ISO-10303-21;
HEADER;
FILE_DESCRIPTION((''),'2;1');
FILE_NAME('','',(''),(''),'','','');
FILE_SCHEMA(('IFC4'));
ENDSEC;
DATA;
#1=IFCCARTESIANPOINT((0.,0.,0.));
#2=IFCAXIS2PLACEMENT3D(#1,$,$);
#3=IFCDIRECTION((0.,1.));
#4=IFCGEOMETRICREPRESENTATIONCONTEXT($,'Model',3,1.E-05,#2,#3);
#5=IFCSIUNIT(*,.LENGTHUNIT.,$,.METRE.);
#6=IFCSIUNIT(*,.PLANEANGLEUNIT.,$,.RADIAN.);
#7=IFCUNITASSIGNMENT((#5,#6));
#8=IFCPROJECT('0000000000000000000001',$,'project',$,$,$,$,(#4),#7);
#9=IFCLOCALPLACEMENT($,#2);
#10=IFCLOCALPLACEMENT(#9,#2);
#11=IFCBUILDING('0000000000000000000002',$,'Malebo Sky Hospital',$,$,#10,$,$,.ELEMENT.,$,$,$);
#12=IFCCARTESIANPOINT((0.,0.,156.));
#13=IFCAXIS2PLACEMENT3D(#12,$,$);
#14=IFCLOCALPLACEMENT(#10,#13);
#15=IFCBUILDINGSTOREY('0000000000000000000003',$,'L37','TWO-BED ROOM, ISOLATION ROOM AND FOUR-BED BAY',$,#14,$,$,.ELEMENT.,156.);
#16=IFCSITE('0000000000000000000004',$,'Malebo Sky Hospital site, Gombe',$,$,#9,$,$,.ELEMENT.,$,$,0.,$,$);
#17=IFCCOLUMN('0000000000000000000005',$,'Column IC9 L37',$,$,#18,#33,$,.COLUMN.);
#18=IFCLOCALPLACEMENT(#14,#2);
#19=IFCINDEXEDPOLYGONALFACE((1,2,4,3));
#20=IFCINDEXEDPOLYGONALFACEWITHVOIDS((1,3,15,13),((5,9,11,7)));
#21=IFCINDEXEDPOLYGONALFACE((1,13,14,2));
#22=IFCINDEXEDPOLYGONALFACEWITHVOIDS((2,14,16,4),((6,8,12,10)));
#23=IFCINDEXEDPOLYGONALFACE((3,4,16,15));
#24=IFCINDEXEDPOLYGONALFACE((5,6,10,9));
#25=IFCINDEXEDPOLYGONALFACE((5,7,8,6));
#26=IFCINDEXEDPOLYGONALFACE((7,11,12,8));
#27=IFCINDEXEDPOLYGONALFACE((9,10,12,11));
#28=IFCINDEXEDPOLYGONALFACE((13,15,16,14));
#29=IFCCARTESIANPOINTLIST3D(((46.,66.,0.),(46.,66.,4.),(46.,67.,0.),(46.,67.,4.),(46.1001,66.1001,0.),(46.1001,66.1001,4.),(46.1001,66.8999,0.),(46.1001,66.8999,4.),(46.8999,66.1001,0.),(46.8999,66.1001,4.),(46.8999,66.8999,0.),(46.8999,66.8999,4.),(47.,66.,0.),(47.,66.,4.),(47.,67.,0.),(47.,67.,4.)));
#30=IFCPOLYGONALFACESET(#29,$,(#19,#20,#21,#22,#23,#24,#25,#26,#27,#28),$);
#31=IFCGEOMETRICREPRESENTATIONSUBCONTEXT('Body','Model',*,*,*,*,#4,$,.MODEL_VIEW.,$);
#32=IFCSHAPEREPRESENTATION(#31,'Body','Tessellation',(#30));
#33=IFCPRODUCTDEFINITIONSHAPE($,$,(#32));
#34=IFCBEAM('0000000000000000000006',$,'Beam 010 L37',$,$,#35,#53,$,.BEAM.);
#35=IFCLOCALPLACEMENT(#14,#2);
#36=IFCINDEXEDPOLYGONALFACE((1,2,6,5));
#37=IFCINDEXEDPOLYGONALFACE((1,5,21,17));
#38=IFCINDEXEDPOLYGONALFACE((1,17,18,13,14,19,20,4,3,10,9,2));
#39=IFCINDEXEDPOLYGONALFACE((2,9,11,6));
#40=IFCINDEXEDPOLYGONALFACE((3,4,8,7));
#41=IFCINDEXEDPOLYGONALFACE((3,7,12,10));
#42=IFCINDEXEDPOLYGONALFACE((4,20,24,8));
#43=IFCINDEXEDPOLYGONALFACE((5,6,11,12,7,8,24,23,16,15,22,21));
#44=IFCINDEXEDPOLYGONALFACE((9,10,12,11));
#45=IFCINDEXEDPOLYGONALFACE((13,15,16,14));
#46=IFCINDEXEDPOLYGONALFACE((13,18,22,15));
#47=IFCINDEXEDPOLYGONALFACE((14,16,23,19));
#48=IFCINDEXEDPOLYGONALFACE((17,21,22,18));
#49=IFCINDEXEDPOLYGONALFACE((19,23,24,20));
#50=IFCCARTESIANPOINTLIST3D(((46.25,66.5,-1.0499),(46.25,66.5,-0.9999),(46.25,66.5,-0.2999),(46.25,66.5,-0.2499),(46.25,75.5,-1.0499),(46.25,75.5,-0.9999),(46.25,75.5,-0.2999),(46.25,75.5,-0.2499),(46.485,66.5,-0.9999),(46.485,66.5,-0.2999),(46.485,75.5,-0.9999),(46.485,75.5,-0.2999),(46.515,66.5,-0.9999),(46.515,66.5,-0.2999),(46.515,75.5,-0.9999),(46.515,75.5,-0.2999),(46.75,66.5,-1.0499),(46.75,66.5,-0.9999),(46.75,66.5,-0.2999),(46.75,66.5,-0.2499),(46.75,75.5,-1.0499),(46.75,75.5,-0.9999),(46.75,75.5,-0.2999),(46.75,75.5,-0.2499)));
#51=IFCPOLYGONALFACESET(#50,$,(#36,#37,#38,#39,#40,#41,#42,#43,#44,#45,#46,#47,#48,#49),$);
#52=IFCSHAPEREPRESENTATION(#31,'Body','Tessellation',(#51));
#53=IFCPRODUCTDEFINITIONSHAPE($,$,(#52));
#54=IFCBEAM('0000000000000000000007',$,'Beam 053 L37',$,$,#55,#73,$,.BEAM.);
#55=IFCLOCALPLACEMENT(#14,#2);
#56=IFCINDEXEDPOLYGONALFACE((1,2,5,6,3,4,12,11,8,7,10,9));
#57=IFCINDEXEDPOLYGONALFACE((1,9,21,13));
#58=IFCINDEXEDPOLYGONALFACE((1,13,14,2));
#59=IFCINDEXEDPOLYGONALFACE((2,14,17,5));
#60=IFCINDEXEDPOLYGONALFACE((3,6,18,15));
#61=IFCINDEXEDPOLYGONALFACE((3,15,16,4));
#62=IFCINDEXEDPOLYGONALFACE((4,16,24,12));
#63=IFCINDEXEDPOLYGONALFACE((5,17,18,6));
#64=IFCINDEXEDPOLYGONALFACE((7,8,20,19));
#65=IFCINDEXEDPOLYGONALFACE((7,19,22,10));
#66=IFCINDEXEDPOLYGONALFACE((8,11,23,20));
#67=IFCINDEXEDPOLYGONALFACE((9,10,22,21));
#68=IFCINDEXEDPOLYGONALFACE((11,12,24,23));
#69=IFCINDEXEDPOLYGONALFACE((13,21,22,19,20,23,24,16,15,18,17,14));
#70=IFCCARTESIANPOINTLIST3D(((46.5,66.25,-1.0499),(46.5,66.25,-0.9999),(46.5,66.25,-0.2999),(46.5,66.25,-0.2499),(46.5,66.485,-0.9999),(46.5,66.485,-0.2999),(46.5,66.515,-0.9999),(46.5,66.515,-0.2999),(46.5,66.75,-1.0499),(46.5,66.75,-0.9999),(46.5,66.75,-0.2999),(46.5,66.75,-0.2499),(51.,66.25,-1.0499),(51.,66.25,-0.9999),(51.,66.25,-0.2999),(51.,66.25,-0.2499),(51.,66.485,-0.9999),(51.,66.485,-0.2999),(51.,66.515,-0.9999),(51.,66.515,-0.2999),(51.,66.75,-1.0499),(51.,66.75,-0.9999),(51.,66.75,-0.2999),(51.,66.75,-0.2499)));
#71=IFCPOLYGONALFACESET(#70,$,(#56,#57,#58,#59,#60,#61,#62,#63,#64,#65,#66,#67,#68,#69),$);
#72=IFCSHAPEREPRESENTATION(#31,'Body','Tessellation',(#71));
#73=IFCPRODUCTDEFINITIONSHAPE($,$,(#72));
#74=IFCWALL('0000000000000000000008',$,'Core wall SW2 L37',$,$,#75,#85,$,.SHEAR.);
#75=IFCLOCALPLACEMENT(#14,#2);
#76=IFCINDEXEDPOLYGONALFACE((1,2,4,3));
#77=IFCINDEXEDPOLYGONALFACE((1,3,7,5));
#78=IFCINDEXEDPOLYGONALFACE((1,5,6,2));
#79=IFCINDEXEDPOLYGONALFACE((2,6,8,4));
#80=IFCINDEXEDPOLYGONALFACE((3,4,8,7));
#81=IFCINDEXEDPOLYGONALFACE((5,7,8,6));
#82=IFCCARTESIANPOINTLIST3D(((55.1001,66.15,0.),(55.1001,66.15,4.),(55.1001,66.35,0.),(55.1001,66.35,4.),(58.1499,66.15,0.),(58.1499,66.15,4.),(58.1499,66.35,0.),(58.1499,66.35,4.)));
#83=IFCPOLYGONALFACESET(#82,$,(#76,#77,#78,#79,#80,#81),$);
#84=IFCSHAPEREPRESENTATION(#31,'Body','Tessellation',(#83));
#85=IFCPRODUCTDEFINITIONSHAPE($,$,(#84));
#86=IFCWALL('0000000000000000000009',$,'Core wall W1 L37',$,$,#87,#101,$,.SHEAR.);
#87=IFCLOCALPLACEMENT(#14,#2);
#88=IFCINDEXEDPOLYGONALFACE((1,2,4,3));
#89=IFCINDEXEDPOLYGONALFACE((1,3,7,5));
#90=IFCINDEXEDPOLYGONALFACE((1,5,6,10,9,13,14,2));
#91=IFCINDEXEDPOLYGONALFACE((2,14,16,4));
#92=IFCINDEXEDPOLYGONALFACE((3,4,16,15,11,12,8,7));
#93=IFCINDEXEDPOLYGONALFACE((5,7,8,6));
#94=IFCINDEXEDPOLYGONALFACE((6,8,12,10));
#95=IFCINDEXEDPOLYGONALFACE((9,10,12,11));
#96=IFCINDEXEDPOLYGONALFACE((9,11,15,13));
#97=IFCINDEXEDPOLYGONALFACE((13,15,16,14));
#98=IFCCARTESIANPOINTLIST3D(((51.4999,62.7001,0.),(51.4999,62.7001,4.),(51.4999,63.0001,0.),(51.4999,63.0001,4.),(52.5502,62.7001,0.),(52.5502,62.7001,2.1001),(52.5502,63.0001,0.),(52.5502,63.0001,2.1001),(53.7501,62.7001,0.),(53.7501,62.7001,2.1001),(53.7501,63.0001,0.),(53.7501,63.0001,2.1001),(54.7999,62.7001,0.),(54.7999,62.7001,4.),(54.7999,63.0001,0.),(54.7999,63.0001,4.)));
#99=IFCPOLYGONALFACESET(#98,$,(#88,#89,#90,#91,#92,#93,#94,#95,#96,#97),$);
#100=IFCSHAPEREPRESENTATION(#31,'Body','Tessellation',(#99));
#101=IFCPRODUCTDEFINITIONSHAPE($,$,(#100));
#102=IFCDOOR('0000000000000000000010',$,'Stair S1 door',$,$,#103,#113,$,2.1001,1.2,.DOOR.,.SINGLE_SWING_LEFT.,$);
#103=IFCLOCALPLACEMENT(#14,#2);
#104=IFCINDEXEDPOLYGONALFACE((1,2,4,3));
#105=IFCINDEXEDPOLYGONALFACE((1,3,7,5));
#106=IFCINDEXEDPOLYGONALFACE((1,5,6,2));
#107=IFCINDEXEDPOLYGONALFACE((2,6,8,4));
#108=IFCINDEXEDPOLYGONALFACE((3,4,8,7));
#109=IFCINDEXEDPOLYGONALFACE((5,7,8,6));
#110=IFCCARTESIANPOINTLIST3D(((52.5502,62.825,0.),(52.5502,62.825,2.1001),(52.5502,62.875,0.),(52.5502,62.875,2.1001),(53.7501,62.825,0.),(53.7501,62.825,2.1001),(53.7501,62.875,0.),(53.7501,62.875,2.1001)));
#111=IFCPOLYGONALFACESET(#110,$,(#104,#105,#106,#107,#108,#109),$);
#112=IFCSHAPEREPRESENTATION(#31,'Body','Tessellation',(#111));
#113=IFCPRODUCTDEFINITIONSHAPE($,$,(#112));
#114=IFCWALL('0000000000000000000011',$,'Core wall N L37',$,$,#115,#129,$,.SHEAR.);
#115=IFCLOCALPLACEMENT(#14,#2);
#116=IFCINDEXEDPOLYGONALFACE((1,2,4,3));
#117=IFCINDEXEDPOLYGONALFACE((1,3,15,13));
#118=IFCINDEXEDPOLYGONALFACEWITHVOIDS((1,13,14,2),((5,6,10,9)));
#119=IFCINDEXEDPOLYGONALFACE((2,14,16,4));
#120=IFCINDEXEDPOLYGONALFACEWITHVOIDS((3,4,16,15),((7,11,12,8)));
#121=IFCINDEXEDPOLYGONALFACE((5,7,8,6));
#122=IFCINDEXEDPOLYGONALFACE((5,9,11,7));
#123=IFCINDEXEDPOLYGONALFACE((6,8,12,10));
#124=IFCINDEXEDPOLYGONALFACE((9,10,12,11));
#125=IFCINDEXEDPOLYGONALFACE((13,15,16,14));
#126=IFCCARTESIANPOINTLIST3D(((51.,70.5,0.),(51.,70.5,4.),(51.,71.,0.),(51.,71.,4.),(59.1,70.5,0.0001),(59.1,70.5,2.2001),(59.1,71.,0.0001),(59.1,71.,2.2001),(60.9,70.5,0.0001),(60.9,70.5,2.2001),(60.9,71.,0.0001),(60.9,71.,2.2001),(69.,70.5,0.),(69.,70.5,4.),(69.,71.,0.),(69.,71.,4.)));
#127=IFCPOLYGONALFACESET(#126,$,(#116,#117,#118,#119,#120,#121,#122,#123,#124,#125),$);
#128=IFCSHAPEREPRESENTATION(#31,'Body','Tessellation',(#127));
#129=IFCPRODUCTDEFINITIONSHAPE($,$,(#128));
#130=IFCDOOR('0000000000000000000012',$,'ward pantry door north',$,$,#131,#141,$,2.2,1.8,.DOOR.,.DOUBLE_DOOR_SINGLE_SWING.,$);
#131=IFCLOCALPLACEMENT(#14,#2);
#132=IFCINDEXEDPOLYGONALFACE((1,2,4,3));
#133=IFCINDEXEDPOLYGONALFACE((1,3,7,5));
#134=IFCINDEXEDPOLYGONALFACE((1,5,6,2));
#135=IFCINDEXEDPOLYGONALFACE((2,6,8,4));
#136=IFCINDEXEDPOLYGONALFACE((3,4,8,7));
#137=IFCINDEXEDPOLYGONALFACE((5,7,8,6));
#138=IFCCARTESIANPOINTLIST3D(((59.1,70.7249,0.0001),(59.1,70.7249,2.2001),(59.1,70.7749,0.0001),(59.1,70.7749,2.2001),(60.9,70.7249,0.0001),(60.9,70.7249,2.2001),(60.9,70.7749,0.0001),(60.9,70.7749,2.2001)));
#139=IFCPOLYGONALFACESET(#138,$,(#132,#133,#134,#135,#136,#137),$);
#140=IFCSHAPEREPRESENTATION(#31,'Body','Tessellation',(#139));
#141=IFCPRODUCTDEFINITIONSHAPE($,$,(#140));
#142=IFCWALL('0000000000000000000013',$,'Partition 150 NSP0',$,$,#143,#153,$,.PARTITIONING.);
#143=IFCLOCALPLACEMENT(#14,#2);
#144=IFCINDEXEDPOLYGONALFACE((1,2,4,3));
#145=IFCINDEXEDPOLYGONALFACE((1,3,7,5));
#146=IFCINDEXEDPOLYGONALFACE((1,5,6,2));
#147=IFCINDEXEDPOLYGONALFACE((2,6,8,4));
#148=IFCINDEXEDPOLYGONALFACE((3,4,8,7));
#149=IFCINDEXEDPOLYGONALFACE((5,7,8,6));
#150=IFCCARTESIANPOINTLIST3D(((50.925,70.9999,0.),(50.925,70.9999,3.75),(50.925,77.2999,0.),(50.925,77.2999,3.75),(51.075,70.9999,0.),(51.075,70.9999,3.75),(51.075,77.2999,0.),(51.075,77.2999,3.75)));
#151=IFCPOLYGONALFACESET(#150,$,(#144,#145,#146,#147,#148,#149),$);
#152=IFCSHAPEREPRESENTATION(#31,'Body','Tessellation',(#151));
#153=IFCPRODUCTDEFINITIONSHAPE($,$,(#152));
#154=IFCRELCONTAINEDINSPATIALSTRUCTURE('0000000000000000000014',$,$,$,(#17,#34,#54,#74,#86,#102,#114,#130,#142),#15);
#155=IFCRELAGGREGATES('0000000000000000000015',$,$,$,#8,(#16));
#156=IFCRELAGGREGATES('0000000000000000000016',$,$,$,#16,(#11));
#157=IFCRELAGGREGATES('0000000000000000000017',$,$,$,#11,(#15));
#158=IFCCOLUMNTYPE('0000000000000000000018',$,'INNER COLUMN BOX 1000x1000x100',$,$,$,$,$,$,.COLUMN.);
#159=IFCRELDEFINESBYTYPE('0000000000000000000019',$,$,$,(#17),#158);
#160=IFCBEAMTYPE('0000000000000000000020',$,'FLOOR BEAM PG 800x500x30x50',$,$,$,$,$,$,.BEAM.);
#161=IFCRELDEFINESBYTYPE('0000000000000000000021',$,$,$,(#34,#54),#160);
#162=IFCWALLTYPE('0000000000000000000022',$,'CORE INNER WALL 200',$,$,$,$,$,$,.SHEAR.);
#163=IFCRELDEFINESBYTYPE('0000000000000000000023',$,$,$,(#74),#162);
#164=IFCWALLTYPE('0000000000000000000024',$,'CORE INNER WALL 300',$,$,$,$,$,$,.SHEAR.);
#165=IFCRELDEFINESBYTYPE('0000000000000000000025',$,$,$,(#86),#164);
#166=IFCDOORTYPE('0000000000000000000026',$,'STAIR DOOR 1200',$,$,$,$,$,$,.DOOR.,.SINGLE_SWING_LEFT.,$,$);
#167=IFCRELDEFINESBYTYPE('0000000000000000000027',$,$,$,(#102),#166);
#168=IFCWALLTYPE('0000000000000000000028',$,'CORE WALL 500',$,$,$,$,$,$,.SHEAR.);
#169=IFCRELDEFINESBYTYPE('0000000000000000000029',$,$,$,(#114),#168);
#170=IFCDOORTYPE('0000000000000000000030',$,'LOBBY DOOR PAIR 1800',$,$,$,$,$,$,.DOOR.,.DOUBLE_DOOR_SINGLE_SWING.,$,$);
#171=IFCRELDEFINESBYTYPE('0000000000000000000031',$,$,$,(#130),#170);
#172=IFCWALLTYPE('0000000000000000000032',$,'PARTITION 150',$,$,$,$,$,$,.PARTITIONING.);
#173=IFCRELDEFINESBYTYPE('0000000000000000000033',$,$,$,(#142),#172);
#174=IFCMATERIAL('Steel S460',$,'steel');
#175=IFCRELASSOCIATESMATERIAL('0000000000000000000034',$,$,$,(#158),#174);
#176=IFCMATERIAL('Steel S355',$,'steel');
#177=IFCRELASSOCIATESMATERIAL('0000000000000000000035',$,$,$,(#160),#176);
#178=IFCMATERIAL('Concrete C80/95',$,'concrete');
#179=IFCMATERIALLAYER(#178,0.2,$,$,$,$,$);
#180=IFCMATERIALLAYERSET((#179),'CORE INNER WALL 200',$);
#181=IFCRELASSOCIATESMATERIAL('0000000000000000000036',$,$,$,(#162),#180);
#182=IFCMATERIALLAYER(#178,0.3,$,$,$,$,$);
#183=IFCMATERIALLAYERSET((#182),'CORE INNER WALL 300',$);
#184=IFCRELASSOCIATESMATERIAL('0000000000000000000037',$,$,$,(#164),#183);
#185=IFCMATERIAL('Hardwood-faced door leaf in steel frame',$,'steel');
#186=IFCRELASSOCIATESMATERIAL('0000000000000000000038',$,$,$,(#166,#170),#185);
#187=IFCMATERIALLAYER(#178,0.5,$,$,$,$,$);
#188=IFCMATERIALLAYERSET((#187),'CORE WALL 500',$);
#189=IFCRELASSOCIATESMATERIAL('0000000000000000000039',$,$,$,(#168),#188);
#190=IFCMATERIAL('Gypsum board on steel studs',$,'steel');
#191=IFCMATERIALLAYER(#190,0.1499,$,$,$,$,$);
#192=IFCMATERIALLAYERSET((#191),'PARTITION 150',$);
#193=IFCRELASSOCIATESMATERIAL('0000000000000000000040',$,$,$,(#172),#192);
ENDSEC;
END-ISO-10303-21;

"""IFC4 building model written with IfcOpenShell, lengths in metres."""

from ifc_helpers import new_model, si_unit, direction, frame, frame_2d, origin, origin_2d, place, context, subcontext, project, spatial, rectangle, hollow_rectangle, i_section, extrude, material, layer, layer_set, material_profile, profile_set, type_object, element, fill, save


model = new_model("IFC4")

# Units and contexts
model_context = context("Model", 3, precision=1e-05, world=origin(), true_north=direction((0.0, 1.0)))
body_context = subcontext(model_context, "Body", "Model", "MODEL_VIEW")
ifc_project = project(units=[si_unit("LENGTHUNIT", "METRE"), si_unit("PLANEANGLEUNIT", "RADIAN")], contexts=[model_context])

# Site, building, storey
site_placement = place(None, origin())
site = spatial("IfcSite", under=ifc_project, at=site_placement, Name="Malebo Sky Hospital site, Gombe", CompositionType="ELEMENT", RefElevation=0.0)
building_placement = place(site_placement, origin())
building = spatial("IfcBuilding", under=site, at=building_placement, Name="Malebo Sky Hospital", CompositionType="ELEMENT")
storey_placement = place(building_placement, frame((0.0, 0.0, 156.0)))
storey = spatial("IfcBuildingStorey", under=building, at=storey_placement, Name="L37", Description="TWO-BED ROOM, ISOLATION ROOM AND FOUR-BED BAY", CompositionType="ELEMENT", Elevation=156.0)

# Column
ifc_material_1 = material(Name="Steel S460", Category="steel")
ifc_material_profile_1 = material_profile(ifc_material_1, hollow_rectangle(XDim=1.0, YDim=1.0, WallThickness=0.1001, at=origin_2d()), Name="BOX 1000x1000x100")
ifc_profile_set_1 = profile_set([ifc_material_profile_1], Name="Steel S460")
column_type = type_object("IfcColumnType", Name="INNER COLUMN BOX 1000x1000x100", PredefinedType="COLUMN", material=ifc_profile_set_1)
column_placement = place(storey_placement, frame((46.5, 66.5, 0.0), z_axis=(0.0, 0.0, 1.0), x_axis=(1.0, 0.0, 0.0)))
element("IfcColumn", 1, at=column_placement, inside=storey, type_object=column_type, Name="Column IC9 L37", PredefinedType="COLUMN", context=body_context, shape_type="SweptSolid", body=[
    extrude(hollow_rectangle(XDim=1.0, YDim=1.0, WallThickness=0.1001, at=origin_2d()), origin(), (0.0, 0.0, 1.0), 4.0),
])

# Beams
ifc_material_2 = material(Name="Steel S355", Category="steel")
ifc_material_profile_2 = material_profile(ifc_material_2, i_section(OverallWidth=0.5, OverallDepth=0.8, WebThickness=0.03, FlangeThickness=0.05, at=origin_2d()), Name="PG 800x500x30x50")
ifc_profile_set_2 = profile_set([ifc_material_profile_2], Name="Steel S355")
beam_type = type_object("IfcBeamType", Name="FLOOR BEAM PG 800x500x30x50", PredefinedType="BEAM", material=ifc_profile_set_2)
beam_1_placement = place(storey_placement, frame((46.5, 66.5, -0.6499), z_axis=(0.0, 1.0, 0.0), x_axis=(-1.0, 0.0, 0.0)))
element("IfcBeam", 2, at=beam_1_placement, inside=storey, type_object=beam_type, Name="Beam 010 L37", PredefinedType="BEAM", context=body_context, shape_type="SweptSolid", body=[
    extrude(i_section(OverallWidth=0.5, OverallDepth=0.8, WebThickness=0.03, FlangeThickness=0.05, at=origin_2d()), origin(), (0.0, 0.0, 1.0), 9.0),
])
beam_2_placement = place(storey_placement, frame((46.5, 66.5, -0.6499), z_axis=(1.0, 0.0, 0.0), x_axis=(0.0, 1.0, 0.0)))
element("IfcBeam", 3, at=beam_2_placement, inside=storey, type_object=beam_type, Name="Beam 053 L37", PredefinedType="BEAM", context=body_context, shape_type="SweptSolid", body=[
    extrude(i_section(OverallWidth=0.5, OverallDepth=0.8, WebThickness=0.03, FlangeThickness=0.05, at=origin_2d()), origin(), (0.0, 0.0, 1.0), 4.5),
])

# Wall
ifc_material_3 = material(Name="Concrete C80/95", Category="concrete")
ifc_layer_1 = layer(ifc_material_3, 0.2)
ifc_layer_set_1 = layer_set([ifc_layer_1], Name="CORE INNER WALL 200")
wall_type_1 = type_object("IfcWallType", Name="CORE INNER WALL 200", PredefinedType="SHEAR", material=ifc_layer_set_1)
wall_1_placement = place(storey_placement, frame((55.1001, 66.25, 0.0), z_axis=(0.0, 0.0, 1.0), x_axis=(1.0, 0.0, 0.0)))
element("IfcWall", 4, at=wall_1_placement, inside=storey, type_object=wall_type_1, Name="Core wall SW2 L37", PredefinedType="SHEAR", context=body_context, shape_type="SweptSolid", body=[
    extrude(rectangle(XDim=3.0498, YDim=0.2, at=frame_2d((1.5249, 0.0))), origin(), (0.0, 0.0, 1.0), 4.0),
])

# Walls, openings, doors
ifc_layer_2 = layer(ifc_material_3, 0.3)
ifc_layer_set_2 = layer_set([ifc_layer_2], Name="CORE INNER WALL 300")
wall_type_2 = type_object("IfcWallType", Name="CORE INNER WALL 300", PredefinedType="SHEAR", material=ifc_layer_set_2)
wall_2_placement = place(storey_placement, frame((51.5, 62.8501, 0.0), z_axis=(0.0, 0.0, 1.0), x_axis=(1.0, 0.0, 0.0)))
wall_2 = element("IfcWall", 5, at=wall_2_placement, inside=storey, type_object=wall_type_2, Name="Core wall W1 L37", PredefinedType="SHEAR", context=body_context, shape_type="SweptSolid", body=[
    extrude(rectangle(XDim=3.3, YDim=0.3, at=frame_2d((1.6499, 0.0))), origin(), (0.0, 0.0, 1.0), 4.0),
])
opening_1_placement = place(wall_2_placement, frame((1.05, 0.0, 0.0)))
opening_1 = element("IfcOpeningElement", 6, at=opening_1_placement, cuts=wall_2, PredefinedType="OPENING", context=body_context, shape_type="SweptSolid", body=[
    extrude(rectangle(XDim=1.2, YDim=2.1001, at=frame_2d((0.6001, 1.05))), frame((0.0, 0.1599, 0.0), z_axis=(0.0, -1.0, 0.0), x_axis=(1.0, 0.0, 0.0)), (0.0, 0.0, 1.0), 0.3201),
])
ifc_material_4 = material(Name="Hardwood-faced door leaf in steel frame", Category="steel")
door_type_1 = type_object("IfcDoorType", Name="STAIR DOOR 1200", OperationType="SINGLE_SWING_LEFT", PredefinedType="DOOR", material=ifc_material_4)
door_1_placement = place(opening_1_placement, origin())
door_1 = element("IfcDoor", 7, at=door_1_placement, inside=storey, type_object=door_type_1, Name="Stair S1 door", OperationType="SINGLE_SWING_LEFT", OverallHeight=2.1001, OverallWidth=1.2, PredefinedType="DOOR", context=body_context, shape_type="SweptSolid", body=[
    extrude(rectangle(XDim=1.2, YDim=2.1001, at=frame_2d((0.6001, 1.05))), frame((0.0, 0.0249, 0.0), z_axis=(0.0, -1.0, 0.0), x_axis=(1.0, 0.0, 0.0)), (0.0, 0.0, 1.0), 0.05),
])
fill(opening_1, door_1)
ifc_layer_3 = layer(ifc_material_3, 0.5)
ifc_layer_set_3 = layer_set([ifc_layer_3], Name="CORE WALL 500")
wall_type_3 = type_object("IfcWallType", Name="CORE WALL 500", PredefinedType="SHEAR", material=ifc_layer_set_3)
wall_3_placement = place(storey_placement, frame((51.0, 70.75, 0.0), z_axis=(0.0, 0.0, 1.0), x_axis=(1.0, 0.0, 0.0)))
wall_3 = element("IfcWall", 8, at=wall_3_placement, inside=storey, type_object=wall_type_3, Name="Core wall N L37", PredefinedType="SHEAR", context=body_context, shape_type="SweptSolid", body=[
    extrude(rectangle(XDim=18.0, YDim=0.5, at=frame_2d((9.0, 0.0))), origin(), (0.0, 0.0, 1.0), 4.0),
])
opening_2_placement = place(wall_3_placement, frame((8.1001, 0.0, 0.0)))
opening_2 = element("IfcOpeningElement", 9, at=opening_2_placement, cuts=wall_3, PredefinedType="OPENING", context=body_context, shape_type="SweptSolid", body=[
    extrude(rectangle(XDim=1.8, YDim=2.2, at=frame_2d((0.8999, 1.1001))), frame((0.0, 0.26, 0.0), z_axis=(0.0, -1.0, 0.0), x_axis=(1.0, 0.0, 0.0)), (0.0, 0.0, 1.0), 0.52),
])
door_type_2 = type_object("IfcDoorType", Name="LOBBY DOOR PAIR 1800", OperationType="DOUBLE_DOOR_SINGLE_SWING", PredefinedType="DOOR", material=ifc_material_4)
door_2_placement = place(opening_2_placement, origin())
door_2 = element("IfcDoor", 10, at=door_2_placement, inside=storey, type_object=door_type_2, Name="ward pantry door north", OperationType="DOUBLE_DOOR_SINGLE_SWING", OverallHeight=2.2, OverallWidth=1.8, PredefinedType="DOOR", context=body_context, shape_type="SweptSolid", body=[
    extrude(rectangle(XDim=1.8, YDim=2.2, at=frame_2d((0.8999, 1.1001))), frame((0.0, 0.0249, 0.0), z_axis=(0.0, -1.0, 0.0), x_axis=(1.0, 0.0, 0.0)), (0.0, 0.0, 1.0), 0.05),
])
fill(opening_2, door_2)

# Wall
ifc_material_5 = material(Name="Gypsum board on steel studs", Category="steel")
ifc_layer_4 = layer(ifc_material_5, 0.1499)
ifc_layer_set_4 = layer_set([ifc_layer_4], Name="PARTITION 150")
wall_type_4 = type_object("IfcWallType", Name="PARTITION 150", PredefinedType="PARTITIONING", material=ifc_layer_set_4)
wall_4_placement = place(storey_placement, frame((51.0, 71.0, 0.0), z_axis=(0.0, 0.0, 1.0), x_axis=(0.0, 1.0, 0.0)))
element("IfcWall", 11, at=wall_4_placement, inside=storey, type_object=wall_type_4, Name="Partition 150 NSP0", PredefinedType="PARTITIONING", context=body_context, shape_type="SweptSolid", body=[
    extrude(rectangle(XDim=6.3, YDim=0.1499, at=frame_2d((3.1499, 0.0))), origin(), (0.0, 0.0, 1.0), 3.75),
])

save(model, "model.ifc")
